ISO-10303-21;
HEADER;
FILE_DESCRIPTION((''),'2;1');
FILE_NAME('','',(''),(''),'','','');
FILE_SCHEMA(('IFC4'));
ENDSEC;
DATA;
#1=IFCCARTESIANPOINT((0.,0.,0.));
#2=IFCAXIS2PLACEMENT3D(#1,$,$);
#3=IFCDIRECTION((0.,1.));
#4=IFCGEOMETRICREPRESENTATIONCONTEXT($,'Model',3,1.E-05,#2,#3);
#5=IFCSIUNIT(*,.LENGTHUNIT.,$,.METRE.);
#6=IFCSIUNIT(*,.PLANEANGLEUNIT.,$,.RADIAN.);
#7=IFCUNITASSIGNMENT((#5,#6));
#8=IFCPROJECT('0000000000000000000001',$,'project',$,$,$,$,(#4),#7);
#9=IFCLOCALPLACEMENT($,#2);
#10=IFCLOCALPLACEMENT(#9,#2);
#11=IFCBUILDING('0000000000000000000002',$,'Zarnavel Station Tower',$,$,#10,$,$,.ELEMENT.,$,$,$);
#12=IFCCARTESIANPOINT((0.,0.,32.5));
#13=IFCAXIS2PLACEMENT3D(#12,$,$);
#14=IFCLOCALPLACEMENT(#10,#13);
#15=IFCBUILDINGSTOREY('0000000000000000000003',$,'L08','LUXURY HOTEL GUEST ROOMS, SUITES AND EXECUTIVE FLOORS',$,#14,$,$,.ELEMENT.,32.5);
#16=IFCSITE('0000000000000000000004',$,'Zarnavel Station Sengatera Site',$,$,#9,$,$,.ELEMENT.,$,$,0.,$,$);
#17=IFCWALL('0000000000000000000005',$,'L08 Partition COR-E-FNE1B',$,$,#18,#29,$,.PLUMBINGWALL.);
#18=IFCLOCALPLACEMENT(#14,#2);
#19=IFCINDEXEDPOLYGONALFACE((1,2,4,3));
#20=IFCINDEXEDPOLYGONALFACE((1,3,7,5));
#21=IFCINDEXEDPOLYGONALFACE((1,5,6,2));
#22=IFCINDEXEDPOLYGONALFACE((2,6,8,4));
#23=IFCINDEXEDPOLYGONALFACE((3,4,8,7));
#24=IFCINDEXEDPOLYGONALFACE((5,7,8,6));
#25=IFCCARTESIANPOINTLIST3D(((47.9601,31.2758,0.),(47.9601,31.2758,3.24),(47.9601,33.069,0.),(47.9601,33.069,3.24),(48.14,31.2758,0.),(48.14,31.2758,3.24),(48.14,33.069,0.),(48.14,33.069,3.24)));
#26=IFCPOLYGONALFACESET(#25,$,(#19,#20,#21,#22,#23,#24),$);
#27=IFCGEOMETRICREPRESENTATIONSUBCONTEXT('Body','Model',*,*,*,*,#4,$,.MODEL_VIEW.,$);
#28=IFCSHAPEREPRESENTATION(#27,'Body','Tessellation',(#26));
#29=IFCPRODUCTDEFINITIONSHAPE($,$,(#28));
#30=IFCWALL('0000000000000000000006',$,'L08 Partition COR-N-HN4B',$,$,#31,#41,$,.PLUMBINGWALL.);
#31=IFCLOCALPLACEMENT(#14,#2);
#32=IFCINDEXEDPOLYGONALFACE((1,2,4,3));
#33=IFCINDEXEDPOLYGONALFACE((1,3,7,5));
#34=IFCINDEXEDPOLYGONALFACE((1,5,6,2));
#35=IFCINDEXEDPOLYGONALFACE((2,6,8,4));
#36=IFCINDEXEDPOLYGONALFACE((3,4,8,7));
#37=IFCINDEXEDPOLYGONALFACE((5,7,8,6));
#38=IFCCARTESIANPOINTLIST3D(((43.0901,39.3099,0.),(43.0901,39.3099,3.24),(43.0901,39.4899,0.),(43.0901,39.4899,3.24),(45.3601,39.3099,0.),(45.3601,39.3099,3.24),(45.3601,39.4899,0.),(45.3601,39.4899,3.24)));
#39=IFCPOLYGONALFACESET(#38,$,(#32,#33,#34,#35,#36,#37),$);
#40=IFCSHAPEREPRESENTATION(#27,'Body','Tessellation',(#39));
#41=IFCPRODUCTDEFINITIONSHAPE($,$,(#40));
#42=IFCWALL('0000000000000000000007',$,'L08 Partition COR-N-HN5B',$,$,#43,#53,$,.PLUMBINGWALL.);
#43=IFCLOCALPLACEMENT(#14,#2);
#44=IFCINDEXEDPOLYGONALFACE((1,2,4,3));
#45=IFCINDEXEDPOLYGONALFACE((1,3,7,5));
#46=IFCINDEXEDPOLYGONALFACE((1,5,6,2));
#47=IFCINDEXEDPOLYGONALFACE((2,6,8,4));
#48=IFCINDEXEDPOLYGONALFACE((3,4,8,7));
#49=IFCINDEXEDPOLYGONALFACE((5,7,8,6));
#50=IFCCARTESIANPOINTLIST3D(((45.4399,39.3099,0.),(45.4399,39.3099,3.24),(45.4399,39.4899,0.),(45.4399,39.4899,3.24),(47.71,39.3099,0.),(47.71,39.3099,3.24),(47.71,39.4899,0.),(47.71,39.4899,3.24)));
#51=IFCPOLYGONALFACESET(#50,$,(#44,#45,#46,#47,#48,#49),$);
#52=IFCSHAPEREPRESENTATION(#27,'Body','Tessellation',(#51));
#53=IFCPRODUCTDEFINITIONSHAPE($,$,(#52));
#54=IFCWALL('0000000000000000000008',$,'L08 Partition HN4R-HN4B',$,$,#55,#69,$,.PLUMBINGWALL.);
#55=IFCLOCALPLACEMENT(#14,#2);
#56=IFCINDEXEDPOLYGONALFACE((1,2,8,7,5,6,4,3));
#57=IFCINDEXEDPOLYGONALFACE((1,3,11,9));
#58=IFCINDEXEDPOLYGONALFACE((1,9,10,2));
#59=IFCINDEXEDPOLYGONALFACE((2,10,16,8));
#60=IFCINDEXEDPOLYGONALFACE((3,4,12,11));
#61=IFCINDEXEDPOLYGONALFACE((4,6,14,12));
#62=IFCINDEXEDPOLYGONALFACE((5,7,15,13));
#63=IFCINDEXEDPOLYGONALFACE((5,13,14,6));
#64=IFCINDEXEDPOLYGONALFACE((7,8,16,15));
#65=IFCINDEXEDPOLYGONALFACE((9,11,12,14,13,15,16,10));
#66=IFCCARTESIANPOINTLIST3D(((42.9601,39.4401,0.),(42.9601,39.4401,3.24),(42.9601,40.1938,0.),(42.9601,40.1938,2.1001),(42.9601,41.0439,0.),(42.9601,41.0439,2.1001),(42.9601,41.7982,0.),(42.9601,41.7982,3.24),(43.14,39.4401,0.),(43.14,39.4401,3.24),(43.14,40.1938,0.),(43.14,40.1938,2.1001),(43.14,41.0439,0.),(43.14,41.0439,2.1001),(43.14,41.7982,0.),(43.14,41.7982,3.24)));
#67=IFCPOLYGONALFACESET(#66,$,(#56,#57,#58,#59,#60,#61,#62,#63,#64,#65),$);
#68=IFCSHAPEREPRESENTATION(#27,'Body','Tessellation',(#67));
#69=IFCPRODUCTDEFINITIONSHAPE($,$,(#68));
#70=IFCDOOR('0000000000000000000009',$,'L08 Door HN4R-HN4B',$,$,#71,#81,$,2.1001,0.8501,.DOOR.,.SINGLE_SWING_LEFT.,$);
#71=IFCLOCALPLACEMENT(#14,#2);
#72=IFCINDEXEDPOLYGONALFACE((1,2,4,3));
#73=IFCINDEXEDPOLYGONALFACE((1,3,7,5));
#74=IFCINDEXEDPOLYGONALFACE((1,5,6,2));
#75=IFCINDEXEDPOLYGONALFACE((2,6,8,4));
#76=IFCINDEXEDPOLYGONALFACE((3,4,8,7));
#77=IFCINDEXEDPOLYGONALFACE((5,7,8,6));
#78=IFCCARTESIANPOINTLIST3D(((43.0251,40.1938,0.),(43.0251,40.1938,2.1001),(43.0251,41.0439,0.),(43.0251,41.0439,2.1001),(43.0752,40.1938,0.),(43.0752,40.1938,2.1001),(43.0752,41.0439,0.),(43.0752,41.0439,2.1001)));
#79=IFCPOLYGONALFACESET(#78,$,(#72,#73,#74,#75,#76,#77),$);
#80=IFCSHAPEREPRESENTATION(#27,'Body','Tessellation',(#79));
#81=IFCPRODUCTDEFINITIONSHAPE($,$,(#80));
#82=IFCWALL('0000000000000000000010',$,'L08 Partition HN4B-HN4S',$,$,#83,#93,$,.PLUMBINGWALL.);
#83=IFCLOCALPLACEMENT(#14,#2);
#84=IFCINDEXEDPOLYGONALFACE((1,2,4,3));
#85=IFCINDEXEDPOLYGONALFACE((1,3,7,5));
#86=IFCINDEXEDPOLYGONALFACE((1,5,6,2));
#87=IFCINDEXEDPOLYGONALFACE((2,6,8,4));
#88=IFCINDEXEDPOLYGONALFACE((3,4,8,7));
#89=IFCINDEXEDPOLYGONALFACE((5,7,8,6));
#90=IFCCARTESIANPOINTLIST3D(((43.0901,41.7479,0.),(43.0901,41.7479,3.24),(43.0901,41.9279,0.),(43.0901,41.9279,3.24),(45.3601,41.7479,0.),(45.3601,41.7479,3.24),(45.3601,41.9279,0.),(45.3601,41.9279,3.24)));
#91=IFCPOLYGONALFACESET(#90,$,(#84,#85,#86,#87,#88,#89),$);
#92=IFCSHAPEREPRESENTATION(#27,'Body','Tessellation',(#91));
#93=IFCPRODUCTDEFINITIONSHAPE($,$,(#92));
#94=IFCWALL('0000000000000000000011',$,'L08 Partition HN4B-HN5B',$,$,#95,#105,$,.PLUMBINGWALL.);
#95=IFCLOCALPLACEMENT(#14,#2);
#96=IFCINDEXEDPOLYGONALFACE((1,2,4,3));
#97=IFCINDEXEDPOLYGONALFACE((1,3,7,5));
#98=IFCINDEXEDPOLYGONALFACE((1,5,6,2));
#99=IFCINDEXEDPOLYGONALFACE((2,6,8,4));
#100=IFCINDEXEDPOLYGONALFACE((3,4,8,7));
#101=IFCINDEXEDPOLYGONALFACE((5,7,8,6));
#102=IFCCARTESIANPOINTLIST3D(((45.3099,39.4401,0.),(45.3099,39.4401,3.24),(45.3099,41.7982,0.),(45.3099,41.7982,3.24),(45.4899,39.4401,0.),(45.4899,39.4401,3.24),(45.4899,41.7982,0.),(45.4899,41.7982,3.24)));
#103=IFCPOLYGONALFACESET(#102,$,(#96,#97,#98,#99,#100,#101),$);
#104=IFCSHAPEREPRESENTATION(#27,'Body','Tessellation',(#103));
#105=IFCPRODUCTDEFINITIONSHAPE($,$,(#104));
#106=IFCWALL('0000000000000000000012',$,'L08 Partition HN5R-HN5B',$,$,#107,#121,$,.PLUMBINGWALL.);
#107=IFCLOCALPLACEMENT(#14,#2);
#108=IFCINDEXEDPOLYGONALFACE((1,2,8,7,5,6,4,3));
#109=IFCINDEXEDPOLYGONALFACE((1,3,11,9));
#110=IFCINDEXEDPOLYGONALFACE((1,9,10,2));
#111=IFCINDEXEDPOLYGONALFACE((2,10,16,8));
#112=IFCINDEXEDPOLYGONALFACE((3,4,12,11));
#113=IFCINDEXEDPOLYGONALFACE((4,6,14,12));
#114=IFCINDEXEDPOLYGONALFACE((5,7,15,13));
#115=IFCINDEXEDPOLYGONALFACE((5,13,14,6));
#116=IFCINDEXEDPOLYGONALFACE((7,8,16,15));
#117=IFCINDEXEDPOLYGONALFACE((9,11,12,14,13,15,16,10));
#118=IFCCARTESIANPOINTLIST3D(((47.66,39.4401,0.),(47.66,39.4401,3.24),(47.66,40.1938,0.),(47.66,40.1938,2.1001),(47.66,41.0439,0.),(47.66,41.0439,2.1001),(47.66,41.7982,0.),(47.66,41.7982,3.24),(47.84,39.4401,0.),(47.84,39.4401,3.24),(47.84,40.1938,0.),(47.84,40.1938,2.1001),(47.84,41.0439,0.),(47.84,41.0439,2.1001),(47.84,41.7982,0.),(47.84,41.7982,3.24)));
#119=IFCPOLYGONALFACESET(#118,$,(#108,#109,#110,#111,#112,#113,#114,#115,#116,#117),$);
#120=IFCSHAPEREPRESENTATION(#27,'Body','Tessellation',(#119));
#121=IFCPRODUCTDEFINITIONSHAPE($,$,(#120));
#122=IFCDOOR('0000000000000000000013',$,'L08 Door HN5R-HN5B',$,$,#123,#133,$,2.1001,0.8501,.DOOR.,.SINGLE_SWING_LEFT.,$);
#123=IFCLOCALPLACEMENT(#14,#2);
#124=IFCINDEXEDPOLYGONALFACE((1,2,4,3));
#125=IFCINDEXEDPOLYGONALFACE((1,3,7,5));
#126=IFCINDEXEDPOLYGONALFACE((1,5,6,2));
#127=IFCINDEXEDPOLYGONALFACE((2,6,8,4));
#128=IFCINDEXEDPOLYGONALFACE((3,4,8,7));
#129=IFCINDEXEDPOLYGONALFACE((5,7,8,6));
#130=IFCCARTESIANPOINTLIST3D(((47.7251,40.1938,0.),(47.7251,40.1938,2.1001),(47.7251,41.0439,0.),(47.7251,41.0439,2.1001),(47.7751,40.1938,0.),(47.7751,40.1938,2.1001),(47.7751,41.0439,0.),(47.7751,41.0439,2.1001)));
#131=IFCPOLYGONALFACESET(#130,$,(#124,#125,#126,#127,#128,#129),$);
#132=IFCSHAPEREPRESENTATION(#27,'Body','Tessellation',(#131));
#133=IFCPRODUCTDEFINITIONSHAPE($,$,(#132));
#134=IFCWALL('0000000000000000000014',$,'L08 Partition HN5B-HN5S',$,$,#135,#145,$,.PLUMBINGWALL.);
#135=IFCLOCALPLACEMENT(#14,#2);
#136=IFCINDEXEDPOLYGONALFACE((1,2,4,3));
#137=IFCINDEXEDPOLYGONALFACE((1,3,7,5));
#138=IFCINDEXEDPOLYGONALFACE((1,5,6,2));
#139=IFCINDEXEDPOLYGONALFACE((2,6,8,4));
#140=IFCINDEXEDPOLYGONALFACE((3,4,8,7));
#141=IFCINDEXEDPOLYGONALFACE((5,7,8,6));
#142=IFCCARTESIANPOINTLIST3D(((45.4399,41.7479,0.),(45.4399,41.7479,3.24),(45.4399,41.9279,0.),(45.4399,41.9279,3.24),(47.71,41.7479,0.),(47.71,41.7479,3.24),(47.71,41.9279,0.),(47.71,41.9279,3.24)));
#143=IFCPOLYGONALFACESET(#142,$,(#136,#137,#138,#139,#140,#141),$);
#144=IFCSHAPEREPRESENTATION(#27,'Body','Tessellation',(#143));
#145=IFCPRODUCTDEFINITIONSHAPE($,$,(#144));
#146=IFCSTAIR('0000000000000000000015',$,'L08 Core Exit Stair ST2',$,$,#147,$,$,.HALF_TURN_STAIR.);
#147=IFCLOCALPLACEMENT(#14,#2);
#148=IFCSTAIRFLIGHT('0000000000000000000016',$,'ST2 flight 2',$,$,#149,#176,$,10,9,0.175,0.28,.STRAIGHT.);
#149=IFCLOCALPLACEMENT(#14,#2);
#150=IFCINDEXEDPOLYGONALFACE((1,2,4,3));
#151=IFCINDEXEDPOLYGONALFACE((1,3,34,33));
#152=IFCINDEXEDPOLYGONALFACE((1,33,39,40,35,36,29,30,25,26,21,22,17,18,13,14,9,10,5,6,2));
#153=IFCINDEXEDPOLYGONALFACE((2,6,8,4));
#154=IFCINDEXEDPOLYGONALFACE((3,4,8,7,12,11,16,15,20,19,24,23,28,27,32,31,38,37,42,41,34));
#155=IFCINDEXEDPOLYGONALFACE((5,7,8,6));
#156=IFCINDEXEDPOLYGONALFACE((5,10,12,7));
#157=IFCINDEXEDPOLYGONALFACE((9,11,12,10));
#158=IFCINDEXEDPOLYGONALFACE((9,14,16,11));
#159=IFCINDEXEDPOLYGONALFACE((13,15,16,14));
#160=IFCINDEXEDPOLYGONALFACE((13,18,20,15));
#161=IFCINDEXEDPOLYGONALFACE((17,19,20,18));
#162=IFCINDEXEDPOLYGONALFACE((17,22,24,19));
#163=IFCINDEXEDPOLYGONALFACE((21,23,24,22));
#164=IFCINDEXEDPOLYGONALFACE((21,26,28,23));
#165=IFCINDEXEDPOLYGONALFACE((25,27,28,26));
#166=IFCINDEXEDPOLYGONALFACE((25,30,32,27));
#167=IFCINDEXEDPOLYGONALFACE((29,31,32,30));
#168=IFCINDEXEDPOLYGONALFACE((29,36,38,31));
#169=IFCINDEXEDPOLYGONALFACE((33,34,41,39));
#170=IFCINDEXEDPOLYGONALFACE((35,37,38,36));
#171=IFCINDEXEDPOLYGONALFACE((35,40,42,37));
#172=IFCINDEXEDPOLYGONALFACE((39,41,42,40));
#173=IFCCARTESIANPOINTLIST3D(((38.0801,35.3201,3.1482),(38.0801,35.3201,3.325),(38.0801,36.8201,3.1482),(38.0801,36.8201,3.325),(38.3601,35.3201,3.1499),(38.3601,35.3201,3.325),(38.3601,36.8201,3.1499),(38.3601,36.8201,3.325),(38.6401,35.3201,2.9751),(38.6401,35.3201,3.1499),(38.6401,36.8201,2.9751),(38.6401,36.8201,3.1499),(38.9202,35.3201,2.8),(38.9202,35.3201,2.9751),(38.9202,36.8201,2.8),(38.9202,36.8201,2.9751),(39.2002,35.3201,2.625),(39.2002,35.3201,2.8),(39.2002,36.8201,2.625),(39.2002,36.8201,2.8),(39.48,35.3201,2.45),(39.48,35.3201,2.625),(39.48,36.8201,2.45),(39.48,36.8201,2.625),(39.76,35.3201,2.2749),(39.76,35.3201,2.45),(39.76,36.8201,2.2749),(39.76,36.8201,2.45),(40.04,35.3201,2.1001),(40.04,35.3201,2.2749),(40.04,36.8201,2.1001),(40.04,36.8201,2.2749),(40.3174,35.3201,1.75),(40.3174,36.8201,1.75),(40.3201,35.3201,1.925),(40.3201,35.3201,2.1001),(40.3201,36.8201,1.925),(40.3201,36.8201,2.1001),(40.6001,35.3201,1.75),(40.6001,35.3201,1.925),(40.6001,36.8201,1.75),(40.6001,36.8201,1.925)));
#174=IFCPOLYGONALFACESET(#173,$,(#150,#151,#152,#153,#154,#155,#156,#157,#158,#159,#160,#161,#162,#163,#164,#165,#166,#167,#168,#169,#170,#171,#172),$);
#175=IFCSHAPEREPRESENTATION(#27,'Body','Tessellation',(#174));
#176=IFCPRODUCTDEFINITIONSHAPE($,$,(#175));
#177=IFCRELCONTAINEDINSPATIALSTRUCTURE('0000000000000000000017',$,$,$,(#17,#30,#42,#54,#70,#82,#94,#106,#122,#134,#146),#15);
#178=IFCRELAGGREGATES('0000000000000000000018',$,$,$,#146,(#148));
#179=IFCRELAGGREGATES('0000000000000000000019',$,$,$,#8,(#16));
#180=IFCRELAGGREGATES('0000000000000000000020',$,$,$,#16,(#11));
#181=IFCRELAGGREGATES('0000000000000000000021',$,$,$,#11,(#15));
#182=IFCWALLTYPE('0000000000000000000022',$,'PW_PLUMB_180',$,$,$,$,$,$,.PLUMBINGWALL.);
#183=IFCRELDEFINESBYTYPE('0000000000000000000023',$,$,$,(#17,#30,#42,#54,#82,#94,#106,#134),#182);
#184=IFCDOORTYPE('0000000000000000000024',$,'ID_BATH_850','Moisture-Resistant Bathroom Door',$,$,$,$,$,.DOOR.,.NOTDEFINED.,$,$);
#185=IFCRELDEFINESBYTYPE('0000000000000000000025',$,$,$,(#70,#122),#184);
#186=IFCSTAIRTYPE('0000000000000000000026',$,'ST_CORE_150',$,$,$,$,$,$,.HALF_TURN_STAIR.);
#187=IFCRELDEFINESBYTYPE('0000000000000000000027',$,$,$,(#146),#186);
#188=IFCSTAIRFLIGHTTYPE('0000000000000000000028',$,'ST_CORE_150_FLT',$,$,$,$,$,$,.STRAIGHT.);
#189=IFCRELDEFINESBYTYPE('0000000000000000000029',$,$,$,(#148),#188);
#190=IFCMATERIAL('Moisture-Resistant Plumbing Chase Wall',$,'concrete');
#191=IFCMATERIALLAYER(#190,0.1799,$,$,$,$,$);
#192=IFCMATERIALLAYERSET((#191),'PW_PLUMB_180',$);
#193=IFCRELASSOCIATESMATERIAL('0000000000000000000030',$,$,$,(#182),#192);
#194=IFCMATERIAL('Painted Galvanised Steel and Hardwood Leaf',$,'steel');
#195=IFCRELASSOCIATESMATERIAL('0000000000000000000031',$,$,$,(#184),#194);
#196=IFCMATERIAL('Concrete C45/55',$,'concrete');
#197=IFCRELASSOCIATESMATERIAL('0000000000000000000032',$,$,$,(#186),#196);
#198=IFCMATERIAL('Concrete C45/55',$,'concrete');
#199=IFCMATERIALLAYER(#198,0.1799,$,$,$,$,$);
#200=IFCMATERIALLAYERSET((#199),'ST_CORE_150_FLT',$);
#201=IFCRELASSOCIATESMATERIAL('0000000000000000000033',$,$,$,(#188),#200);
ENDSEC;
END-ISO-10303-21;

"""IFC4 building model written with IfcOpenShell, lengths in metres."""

from ifc_helpers import new_model, si_unit, direction, frame, frame_2d, origin, place, context, subcontext, project, spatial, polyline, rectangle, outline, extrude, material, layer, layer_set, type_object, element, fill, aggregate, save


model = new_model("IFC4")

# Units and contexts
model_context = context("Model", 3, precision=1e-05, world=origin(), true_north=direction((0.0, 1.0)))
body_context = subcontext(model_context, "Body", "Model", "MODEL_VIEW")
ifc_project = project(units=[si_unit("LENGTHUNIT", "METRE"), si_unit("PLANEANGLEUNIT", "RADIAN")], contexts=[model_context])

# Site, building, storey
site_placement = place(None, origin())
site = spatial("IfcSite", under=ifc_project, at=site_placement, Name="Zarnavel Station Sengatera Site", CompositionType="ELEMENT", RefElevation=0.0)
building_placement = place(site_placement, origin())
building = spatial("IfcBuilding", under=site, at=building_placement, Name="Zarnavel Station Tower", CompositionType="ELEMENT")
storey_placement = place(building_placement, frame((0.0, 0.0, 32.5)))
storey = spatial("IfcBuildingStorey", under=building, at=storey_placement, Name="L08", Description="LUXURY HOTEL GUEST ROOMS, SUITES AND EXECUTIVE FLOORS", CompositionType="ELEMENT", Elevation=32.5)

# Walls
ifc_material_1 = material(Name="Moisture-Resistant Plumbing Chase Wall", Category="concrete")
ifc_layer_1 = layer(ifc_material_1, 0.1799)
ifc_layer_set_1 = layer_set([ifc_layer_1], Name="PW_PLUMB_180")
wall_type_1 = type_object("IfcWallType", Name="PW_PLUMB_180", PredefinedType="PLUMBINGWALL", material=ifc_layer_set_1)
wall_1_placement = place(storey_placement, frame((48.05, 31.2759, 0.0), z_axis=(0.0, 0.0, 1.0), x_axis=(0.0, 1.0, 0.0)))
element("IfcWall", 1, at=wall_1_placement, inside=storey, type_object=wall_type_1, Name="L08 Partition COR-E-FNE1B", PredefinedType="PLUMBINGWALL", context=body_context, shape_type="SweptSolid", body=[
    extrude(rectangle(XDim=1.7932, YDim=0.1799, at=frame_2d((0.8965, 0.0))), origin(), (0.0, 0.0, 1.0), 3.24),
])
for number, where, z_axis, x_axis, name in (
    (2, (43.0901, 39.3999, 0.0), (0.0, 0.0, 1.0), (1.0, 0.0, 0.0), "L08 Partition COR-N-HN4B"),
    (3, (45.4399, 39.3999, 0.0), (0.0, 0.0, 1.0), (1.0, 0.0, 0.0), "L08 Partition COR-N-HN5B"),
):
    element("IfcWall", number, at=place(storey_placement, frame(where, z_axis=z_axis, x_axis=x_axis)), inside=storey, type_object=wall_type_1, Name=name, PredefinedType="PLUMBINGWALL", context=body_context, shape_type="SweptSolid", body=[
        extrude(rectangle(XDim=2.27, YDim=0.1799, at=frame_2d((1.135, 0.0))), origin(), (0.0, 0.0, 1.0), 3.24),
    ])

# Wall, opening, door
wall_2_placement = place(storey_placement, frame((43.05, 39.4399, 0.0), z_axis=(0.0, 0.0, 1.0), x_axis=(0.0, 1.0, 0.0)))
wall_2 = element("IfcWall", 4, at=wall_2_placement, inside=storey, type_object=wall_type_1, Name="L08 Partition HN4R-HN4B", PredefinedType="PLUMBINGWALL", context=body_context, shape_type="SweptSolid", body=[
    extrude(rectangle(XDim=2.3582, YDim=0.1799, at=frame_2d((1.1792, 0.0))), origin(), (0.0, 0.0, 1.0), 3.24),
])
opening_1_placement = place(wall_2_placement, frame((0.7539, 0.0, 0.0)))
opening_1 = element("IfcOpeningElement", 5, at=opening_1_placement, cuts=wall_2, PredefinedType="OPENING", context=body_context, shape_type="SweptSolid", body=[
    extrude(rectangle(XDim=0.8501, YDim=2.1001, at=frame_2d((0.425, 1.05))), frame((0.0, 0.0999, 0.0), z_axis=(0.0, -1.0, 0.0), x_axis=(1.0, 0.0, 0.0)), (0.0, 0.0, 1.0), 0.2),
])
ifc_material_2 = material(Name="Painted Galvanised Steel and Hardwood Leaf", Category="steel")
door_type_1 = type_object("IfcDoorType", Name="ID_BATH_850", Description="Moisture-Resistant Bathroom Door", OperationType="NOTDEFINED", PredefinedType="DOOR", material=ifc_material_2)
door_1_placement = place(opening_1_placement, origin())
door_1 = element("IfcDoor", 6, at=door_1_placement, inside=storey, type_object=door_type_1, Name="L08 Door HN4R-HN4B", OperationType="SINGLE_SWING_LEFT", OverallHeight=2.1001, OverallWidth=0.8501, PredefinedType="DOOR", context=body_context, shape_type="SweptSolid", body=[
    extrude(rectangle(XDim=0.8501, YDim=2.1001, at=frame_2d((0.425, 1.05))), frame((0.0, 0.0249, 0.0), z_axis=(0.0, -1.0, 0.0), x_axis=(1.0, 0.0, 0.0)), (0.0, 0.0, 1.0), 0.05),
])
fill(opening_1, door_1)

# Walls
wall_3_placement = place(storey_placement, frame((43.0901, 41.8379, 0.0), z_axis=(0.0, 0.0, 1.0), x_axis=(1.0, 0.0, 0.0)))
element("IfcWall", 7, at=wall_3_placement, inside=storey, type_object=wall_type_1, Name="L08 Partition HN4B-HN4S", PredefinedType="PLUMBINGWALL", context=body_context, shape_type="SweptSolid", body=[
    extrude(rectangle(XDim=2.27, YDim=0.1799, at=frame_2d((1.135, 0.0))), origin(), (0.0, 0.0, 1.0), 3.24),
])
wall_4_placement = place(storey_placement, frame((45.3999, 39.4399, 0.0), z_axis=(0.0, 0.0, 1.0), x_axis=(0.0, 1.0, 0.0)))
element("IfcWall", 8, at=wall_4_placement, inside=storey, type_object=wall_type_1, Name="L08 Partition HN4B-HN5B", PredefinedType="PLUMBINGWALL", context=body_context, shape_type="SweptSolid", body=[
    extrude(rectangle(XDim=2.3582, YDim=0.1799, at=frame_2d((1.1792, 0.0))), origin(), (0.0, 0.0, 1.0), 3.24),
])

# Wall, opening, door
wall_5_placement = place(storey_placement, frame((47.75, 39.4399, 0.0), z_axis=(0.0, 0.0, 1.0), x_axis=(0.0, 1.0, 0.0)))
wall_5 = element("IfcWall", 9, at=wall_5_placement, inside=storey, type_object=wall_type_1, Name="L08 Partition HN5R-HN5B", PredefinedType="PLUMBINGWALL", context=body_context, shape_type="SweptSolid", body=[
    extrude(rectangle(XDim=2.3582, YDim=0.1799, at=frame_2d((1.1792, 0.0))), origin(), (0.0, 0.0, 1.0), 3.24),
])
opening_2_placement = place(wall_5_placement, frame((0.7539, 0.0, 0.0)))
opening_2 = element("IfcOpeningElement", 10, at=opening_2_placement, cuts=wall_5, PredefinedType="OPENING", context=body_context, shape_type="SweptSolid", body=[
    extrude(rectangle(XDim=0.8501, YDim=2.1001, at=frame_2d((0.425, 1.05))), frame((0.0, 0.0999, 0.0), z_axis=(0.0, -1.0, 0.0), x_axis=(1.0, 0.0, 0.0)), (0.0, 0.0, 1.0), 0.2),
])
door_2_placement = place(opening_2_placement, origin())
door_2 = element("IfcDoor", 11, at=door_2_placement, inside=storey, type_object=door_type_1, Name="L08 Door HN5R-HN5B", OperationType="SINGLE_SWING_LEFT", OverallHeight=2.1001, OverallWidth=0.8501, PredefinedType="DOOR", context=body_context, shape_type="SweptSolid", body=[
    extrude(rectangle(XDim=0.8501, YDim=2.1001, at=frame_2d((0.425, 1.05))), frame((0.0, 0.0249, 0.0), z_axis=(0.0, -1.0, 0.0), x_axis=(1.0, 0.0, 0.0)), (0.0, 0.0, 1.0), 0.05),
])
fill(opening_2, door_2)

# Wall
wall_6_placement = place(storey_placement, frame((45.4399, 41.8379, 0.0), z_axis=(0.0, 0.0, 1.0), x_axis=(1.0, 0.0, 0.0)))
element("IfcWall", 12, at=wall_6_placement, inside=storey, type_object=wall_type_1, Name="L08 Partition HN5B-HN5S", PredefinedType="PLUMBINGWALL", context=body_context, shape_type="SweptSolid", body=[
    extrude(rectangle(XDim=2.27, YDim=0.1799, at=frame_2d((1.135, 0.0))), origin(), (0.0, 0.0, 1.0), 3.24),
])

# Stair, stair flight
ifc_material_3 = material(Name="Concrete C45/55", Category="concrete")
stair_type = type_object("IfcStairType", Name="ST_CORE_150", PredefinedType="HALF_TURN_STAIR", material=ifc_material_3)
stair_placement = place(storey_placement, origin())
stair = element("IfcStair", 13, at=stair_placement, inside=storey, type_object=stair_type, Name="L08 Core Exit Stair ST2", PredefinedType="HALF_TURN_STAIR")
ifc_material_4 = material(Name="Concrete C45/55", Category="concrete")
ifc_layer_2 = layer(ifc_material_4, 0.1799)
ifc_layer_set_2 = layer_set([ifc_layer_2], Name="ST_CORE_150_FLT")
stair_flight_type = type_object("IfcStairFlightType", Name="ST_CORE_150_FLT", PredefinedType="STRAIGHT", material=ifc_layer_set_2)
stair_flight_placement = place(storey_placement, frame((40.6001, 36.0701, 1.75), z_axis=(0.0, 0.0, 1.0), x_axis=(-1.0, 0.0, 0.0)))
stair_flight = element("IfcStairFlight", 14, at=stair_flight_placement, type_object=stair_flight_type, Name="ST2 flight 2", NumberOfRisers=10, NumberOfTreads=9, PredefinedType="STRAIGHT", RiserHeight=0.175, TreadLength=0.28, context=body_context, shape_type="SweptSolid", body=[
    extrude(outline(polyline([(0.0, 0.0), (0.0, 0.175), (0.28, 0.175), (0.28, 0.3501), (0.5601, 0.3501), (0.5601, 0.5249), (0.8401, 0.5249), (0.8401, 0.7), (1.1201, 0.7), (1.1201, 0.875), (1.3999, 0.875), (1.3999, 1.05), (1.6799, 1.05), (1.6799, 1.2251), (1.96, 1.2251), (1.96, 1.3999), (2.24, 1.3999), (2.24, 1.575), (2.52, 1.575), (2.52, 1.75), (2.52, 1.3982), (0.2827, 0.0), (0.0, 0.0)])), frame((0.0, 0.75, 0.0), z_axis=(0.0, -1.0, 0.0), x_axis=(1.0, 0.0, 0.0)), (0.0, 0.0, 1.0), 1.5),
])
aggregate(stair, [stair_flight])

save(model, "model.ifc")
